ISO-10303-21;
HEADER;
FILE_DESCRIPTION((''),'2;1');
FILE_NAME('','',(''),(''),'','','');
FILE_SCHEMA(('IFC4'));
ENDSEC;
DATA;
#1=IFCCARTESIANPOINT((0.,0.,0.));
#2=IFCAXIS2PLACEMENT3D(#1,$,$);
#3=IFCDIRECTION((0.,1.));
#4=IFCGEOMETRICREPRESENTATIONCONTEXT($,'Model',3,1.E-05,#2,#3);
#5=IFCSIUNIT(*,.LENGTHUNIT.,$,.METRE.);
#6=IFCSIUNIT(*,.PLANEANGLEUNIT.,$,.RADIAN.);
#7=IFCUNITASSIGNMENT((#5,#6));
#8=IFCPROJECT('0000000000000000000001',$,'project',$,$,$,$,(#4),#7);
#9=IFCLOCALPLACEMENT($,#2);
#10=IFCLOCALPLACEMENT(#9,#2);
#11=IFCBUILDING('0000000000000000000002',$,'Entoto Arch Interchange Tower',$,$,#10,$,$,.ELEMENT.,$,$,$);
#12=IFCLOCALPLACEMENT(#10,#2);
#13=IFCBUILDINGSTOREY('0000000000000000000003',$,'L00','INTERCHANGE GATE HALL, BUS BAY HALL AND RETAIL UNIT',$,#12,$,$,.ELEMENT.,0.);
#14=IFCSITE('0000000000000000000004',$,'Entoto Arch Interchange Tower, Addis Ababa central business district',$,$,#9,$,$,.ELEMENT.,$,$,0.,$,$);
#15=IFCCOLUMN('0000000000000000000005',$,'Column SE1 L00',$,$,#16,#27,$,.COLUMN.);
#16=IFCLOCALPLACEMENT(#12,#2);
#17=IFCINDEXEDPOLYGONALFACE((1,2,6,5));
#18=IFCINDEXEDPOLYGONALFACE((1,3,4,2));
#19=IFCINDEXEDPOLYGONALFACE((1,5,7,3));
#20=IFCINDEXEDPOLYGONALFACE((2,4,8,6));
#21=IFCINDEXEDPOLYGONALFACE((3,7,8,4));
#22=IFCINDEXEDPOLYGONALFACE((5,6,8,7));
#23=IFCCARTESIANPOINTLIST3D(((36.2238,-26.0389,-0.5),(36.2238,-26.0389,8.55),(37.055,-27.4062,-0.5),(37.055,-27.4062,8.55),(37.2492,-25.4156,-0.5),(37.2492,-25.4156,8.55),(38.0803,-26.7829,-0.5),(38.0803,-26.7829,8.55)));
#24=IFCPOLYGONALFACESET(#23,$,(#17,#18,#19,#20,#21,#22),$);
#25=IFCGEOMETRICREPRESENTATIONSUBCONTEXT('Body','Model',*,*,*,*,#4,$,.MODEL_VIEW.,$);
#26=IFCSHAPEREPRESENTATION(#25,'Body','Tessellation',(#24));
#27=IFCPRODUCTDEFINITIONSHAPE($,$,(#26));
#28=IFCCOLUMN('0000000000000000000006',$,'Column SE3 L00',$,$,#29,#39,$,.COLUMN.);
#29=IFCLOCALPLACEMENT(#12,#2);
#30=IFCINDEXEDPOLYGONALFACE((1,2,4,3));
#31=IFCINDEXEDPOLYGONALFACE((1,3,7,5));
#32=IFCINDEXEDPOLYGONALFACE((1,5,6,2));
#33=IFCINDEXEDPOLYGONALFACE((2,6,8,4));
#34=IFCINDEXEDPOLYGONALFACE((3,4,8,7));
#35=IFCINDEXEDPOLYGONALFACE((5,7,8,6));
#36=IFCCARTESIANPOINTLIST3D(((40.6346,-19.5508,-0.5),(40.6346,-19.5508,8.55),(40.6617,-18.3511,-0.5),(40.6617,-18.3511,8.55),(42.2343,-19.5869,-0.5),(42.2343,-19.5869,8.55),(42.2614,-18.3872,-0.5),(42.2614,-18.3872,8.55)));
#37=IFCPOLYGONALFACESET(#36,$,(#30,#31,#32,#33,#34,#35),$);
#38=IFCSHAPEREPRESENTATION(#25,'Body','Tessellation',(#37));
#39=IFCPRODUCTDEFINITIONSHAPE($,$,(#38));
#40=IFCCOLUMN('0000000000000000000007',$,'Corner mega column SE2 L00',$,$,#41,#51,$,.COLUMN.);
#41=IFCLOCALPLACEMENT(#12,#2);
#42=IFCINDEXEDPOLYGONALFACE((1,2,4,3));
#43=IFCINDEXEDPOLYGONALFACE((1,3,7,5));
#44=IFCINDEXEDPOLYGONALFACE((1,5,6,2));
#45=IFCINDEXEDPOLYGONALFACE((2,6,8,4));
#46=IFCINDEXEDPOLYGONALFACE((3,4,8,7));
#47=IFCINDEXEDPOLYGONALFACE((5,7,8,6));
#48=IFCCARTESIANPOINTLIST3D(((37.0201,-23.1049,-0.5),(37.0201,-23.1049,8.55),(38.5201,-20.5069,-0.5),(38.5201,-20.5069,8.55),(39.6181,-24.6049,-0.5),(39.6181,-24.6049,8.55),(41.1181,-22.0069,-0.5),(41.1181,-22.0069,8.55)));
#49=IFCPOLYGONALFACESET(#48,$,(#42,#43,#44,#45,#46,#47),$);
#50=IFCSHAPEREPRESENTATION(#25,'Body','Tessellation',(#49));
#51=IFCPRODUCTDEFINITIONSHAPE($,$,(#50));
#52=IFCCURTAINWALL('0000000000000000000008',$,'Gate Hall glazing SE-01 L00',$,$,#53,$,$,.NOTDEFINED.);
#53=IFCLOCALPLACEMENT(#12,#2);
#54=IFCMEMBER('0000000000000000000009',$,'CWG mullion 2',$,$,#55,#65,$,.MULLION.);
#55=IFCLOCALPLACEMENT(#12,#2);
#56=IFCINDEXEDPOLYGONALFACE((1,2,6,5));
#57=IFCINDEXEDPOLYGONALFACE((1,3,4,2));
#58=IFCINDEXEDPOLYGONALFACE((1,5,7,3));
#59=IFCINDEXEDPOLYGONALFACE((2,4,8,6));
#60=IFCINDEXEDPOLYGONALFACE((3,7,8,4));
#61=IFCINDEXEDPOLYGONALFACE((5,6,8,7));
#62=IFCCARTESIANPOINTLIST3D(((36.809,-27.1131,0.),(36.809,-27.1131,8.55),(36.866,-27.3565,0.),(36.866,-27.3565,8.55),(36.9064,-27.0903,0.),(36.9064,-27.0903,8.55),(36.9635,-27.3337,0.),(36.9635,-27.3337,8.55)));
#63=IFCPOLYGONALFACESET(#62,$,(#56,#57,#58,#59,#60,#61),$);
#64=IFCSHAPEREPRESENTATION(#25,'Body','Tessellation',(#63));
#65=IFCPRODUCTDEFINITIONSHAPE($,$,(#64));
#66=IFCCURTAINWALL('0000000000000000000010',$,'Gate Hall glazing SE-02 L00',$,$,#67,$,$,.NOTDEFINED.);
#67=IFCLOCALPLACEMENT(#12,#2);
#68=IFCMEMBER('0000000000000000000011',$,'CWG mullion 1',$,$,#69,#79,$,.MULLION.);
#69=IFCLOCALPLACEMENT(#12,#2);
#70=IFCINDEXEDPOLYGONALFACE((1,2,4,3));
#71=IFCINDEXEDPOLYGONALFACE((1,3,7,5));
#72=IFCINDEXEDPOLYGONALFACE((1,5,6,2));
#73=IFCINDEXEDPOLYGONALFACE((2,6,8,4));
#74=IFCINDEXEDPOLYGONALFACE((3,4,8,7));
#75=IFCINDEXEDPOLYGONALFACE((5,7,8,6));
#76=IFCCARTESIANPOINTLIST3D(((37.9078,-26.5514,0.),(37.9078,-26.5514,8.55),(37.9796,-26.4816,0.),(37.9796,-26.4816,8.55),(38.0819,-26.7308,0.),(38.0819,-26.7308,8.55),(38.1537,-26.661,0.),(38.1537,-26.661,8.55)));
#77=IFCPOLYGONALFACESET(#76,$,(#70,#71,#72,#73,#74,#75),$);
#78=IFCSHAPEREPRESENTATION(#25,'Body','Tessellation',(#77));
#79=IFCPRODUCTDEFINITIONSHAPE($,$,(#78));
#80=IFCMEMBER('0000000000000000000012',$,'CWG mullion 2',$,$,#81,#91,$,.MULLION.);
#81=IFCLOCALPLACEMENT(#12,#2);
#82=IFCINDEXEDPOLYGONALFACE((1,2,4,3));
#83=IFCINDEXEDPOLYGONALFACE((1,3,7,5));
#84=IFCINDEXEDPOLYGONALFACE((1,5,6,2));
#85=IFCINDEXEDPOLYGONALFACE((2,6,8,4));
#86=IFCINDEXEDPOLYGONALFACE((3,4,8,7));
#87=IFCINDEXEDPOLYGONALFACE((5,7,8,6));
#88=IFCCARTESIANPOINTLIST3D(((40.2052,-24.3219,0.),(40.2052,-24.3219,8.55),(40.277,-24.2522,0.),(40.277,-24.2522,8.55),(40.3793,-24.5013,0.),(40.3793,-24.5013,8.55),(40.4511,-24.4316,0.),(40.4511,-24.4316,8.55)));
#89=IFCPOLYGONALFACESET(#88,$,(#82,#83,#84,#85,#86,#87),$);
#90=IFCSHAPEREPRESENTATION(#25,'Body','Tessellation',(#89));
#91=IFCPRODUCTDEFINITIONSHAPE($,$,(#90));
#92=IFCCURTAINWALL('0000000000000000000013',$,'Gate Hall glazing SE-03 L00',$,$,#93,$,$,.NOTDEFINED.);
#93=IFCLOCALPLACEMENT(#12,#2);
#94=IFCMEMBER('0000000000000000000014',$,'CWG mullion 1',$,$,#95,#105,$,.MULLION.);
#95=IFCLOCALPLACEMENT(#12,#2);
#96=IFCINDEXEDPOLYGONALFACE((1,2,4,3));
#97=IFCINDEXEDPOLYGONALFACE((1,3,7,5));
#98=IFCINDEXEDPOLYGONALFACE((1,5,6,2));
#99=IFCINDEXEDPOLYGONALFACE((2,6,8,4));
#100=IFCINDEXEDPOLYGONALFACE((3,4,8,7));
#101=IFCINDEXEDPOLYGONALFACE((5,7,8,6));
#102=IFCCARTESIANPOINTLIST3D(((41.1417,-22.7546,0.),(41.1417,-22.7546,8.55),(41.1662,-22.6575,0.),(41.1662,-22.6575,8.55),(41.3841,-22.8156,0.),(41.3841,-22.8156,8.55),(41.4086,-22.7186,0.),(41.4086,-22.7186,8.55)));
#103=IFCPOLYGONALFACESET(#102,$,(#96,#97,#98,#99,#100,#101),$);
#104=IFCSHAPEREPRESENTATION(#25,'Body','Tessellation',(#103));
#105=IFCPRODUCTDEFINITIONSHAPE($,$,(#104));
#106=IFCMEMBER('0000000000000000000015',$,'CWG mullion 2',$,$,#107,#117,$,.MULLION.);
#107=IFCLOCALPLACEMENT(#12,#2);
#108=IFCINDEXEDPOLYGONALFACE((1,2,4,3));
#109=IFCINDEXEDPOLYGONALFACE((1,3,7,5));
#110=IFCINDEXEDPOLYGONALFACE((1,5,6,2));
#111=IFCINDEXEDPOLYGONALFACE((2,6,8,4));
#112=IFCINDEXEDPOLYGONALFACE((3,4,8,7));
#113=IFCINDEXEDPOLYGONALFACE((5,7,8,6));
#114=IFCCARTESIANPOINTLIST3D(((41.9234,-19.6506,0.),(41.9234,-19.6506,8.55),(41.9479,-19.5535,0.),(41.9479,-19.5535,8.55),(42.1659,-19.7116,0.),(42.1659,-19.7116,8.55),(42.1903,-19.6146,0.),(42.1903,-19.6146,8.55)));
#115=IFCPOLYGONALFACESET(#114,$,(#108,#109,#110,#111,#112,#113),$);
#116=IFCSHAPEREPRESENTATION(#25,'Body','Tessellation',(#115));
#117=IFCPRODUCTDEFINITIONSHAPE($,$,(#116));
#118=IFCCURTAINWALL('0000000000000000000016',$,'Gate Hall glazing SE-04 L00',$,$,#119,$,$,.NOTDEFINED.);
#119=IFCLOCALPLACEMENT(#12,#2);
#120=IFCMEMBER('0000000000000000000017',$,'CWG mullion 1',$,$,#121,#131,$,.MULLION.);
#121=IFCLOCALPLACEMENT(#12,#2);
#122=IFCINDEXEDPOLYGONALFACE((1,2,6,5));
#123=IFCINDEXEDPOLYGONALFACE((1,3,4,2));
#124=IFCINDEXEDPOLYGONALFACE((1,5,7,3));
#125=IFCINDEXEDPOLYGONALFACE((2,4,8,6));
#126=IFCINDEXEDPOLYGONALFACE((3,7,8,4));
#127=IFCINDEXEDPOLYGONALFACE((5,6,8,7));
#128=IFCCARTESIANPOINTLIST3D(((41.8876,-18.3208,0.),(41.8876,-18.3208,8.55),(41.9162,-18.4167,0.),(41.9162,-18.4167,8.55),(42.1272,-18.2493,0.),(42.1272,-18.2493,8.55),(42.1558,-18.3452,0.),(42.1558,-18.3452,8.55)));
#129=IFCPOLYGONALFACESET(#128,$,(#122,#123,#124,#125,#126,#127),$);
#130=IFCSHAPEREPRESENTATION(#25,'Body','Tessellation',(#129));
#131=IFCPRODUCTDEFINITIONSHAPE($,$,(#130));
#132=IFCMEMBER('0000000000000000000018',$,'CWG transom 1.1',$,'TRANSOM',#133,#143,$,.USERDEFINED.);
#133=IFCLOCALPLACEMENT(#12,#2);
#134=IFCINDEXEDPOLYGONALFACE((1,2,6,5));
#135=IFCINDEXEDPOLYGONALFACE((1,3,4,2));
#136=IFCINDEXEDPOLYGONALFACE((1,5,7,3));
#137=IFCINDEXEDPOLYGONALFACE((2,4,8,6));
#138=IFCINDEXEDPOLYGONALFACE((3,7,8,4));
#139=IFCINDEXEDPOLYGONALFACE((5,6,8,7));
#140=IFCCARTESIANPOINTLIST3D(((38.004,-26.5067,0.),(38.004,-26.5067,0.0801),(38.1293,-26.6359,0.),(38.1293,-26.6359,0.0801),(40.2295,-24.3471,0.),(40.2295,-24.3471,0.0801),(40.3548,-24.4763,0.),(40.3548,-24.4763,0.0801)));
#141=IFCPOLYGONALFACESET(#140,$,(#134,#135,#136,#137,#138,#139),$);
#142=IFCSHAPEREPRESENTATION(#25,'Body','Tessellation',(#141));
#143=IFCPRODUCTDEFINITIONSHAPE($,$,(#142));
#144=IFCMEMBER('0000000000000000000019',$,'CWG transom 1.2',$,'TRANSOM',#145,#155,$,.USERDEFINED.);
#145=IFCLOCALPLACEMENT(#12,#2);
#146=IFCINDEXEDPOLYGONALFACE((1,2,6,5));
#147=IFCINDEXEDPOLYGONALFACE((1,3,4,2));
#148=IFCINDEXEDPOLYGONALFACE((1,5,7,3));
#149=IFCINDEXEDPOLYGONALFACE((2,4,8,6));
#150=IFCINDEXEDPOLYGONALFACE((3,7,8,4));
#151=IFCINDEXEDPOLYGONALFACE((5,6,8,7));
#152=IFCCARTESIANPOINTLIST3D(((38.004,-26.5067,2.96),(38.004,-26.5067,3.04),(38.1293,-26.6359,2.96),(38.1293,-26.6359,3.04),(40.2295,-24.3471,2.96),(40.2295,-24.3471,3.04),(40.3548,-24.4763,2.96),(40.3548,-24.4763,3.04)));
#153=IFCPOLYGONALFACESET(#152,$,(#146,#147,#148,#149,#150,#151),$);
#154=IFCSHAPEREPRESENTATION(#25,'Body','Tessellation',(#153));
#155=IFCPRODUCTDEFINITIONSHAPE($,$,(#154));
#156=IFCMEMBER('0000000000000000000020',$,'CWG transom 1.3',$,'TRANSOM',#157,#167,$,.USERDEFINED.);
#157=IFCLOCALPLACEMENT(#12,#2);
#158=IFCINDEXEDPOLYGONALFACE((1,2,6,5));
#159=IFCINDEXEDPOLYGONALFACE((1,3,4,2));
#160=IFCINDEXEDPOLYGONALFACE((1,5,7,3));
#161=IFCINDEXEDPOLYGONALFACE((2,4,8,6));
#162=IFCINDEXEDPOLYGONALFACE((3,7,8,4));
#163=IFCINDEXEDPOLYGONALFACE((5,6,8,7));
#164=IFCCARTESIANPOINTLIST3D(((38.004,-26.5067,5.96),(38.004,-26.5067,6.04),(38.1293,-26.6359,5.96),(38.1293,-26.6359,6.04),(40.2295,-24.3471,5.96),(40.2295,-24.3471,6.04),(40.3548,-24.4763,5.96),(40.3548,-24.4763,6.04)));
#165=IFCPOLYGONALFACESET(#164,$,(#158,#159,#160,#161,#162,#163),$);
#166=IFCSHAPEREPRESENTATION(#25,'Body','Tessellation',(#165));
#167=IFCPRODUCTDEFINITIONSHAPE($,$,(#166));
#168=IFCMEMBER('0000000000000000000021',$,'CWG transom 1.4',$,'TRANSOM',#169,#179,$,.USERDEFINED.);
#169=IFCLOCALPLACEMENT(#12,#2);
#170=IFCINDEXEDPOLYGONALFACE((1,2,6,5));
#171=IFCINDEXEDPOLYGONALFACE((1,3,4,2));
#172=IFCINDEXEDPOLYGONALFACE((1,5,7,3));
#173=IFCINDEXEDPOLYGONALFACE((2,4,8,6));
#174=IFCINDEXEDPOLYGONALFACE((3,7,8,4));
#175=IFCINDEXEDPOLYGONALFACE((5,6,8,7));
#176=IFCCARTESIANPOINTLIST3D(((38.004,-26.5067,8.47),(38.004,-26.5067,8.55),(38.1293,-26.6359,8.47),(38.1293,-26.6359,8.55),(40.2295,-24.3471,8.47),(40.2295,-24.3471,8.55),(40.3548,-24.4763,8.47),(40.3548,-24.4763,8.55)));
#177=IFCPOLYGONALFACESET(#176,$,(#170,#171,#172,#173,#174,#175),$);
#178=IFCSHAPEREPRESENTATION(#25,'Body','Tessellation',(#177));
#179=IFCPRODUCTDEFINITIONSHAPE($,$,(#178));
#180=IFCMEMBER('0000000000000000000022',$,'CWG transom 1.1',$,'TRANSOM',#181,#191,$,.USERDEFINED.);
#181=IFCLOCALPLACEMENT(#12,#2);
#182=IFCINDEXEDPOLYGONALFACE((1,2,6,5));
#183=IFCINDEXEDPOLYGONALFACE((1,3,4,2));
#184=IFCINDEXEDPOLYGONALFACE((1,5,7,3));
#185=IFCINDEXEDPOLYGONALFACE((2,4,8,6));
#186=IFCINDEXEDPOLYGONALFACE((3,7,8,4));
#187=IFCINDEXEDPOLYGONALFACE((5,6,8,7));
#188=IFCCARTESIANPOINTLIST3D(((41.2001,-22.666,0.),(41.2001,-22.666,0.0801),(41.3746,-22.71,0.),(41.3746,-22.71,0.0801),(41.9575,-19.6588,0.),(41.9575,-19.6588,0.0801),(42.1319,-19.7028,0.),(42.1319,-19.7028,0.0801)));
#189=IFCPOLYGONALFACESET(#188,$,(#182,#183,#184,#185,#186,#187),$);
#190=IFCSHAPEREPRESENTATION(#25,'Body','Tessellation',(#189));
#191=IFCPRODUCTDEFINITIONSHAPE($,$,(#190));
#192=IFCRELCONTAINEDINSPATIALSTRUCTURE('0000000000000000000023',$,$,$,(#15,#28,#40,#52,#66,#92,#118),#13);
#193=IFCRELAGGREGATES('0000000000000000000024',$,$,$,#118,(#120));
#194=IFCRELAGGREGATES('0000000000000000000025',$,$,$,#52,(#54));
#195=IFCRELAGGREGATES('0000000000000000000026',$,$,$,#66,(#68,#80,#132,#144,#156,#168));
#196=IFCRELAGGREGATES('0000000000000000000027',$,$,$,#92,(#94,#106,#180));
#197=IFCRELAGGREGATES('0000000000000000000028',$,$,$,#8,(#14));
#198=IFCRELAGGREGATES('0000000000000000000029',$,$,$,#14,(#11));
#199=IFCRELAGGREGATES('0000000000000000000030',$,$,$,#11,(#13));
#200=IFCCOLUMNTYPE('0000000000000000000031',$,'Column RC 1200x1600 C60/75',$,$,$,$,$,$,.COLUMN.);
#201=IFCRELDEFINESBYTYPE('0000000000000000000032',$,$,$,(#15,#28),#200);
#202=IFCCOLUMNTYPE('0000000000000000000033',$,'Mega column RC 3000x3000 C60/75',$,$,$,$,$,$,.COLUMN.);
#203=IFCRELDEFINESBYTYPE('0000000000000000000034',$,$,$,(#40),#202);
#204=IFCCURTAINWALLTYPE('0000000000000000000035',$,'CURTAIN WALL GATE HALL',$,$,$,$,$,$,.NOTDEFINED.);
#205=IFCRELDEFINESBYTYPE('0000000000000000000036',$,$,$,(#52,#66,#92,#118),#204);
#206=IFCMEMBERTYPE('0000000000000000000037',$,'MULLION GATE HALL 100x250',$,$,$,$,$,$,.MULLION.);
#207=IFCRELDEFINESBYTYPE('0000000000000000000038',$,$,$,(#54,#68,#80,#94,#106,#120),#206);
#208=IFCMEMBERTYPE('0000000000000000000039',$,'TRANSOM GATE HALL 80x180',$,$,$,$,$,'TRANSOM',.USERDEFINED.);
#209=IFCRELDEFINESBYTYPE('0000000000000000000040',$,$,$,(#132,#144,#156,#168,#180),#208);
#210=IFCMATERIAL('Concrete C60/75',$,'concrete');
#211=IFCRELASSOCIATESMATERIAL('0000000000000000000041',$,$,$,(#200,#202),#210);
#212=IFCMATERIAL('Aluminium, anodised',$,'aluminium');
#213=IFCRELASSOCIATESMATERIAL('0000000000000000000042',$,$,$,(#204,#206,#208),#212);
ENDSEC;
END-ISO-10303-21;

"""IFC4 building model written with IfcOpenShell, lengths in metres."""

from ifc_helpers import new_model, si_unit, direction, frame, origin, origin_2d, place, context, subcontext, project, spatial, rectangle, extrude, material, material_profile, profile_set, type_object, element, aggregate, save


model = new_model("IFC4")

# Units and contexts
model_context = context("Model", 3, precision=1e-05, world=origin(), true_north=direction((0.0, 1.0)))
body_context = subcontext(model_context, "Body", "Model", "MODEL_VIEW")
ifc_project = project(units=[si_unit("LENGTHUNIT", "METRE"), si_unit("PLANEANGLEUNIT", "RADIAN")], contexts=[model_context])

# Site, building, storey
site_placement = place(None, origin())
site = spatial("IfcSite", under=ifc_project, at=site_placement, Name="Entoto Arch Interchange Tower, Addis Ababa central business district", CompositionType="ELEMENT", RefElevation=0.0)
building_placement = place(site_placement, origin())
building = spatial("IfcBuilding", under=site, at=building_placement, Name="Entoto Arch Interchange Tower", CompositionType="ELEMENT")
storey_placement = place(building_placement, origin())
storey = spatial("IfcBuildingStorey", under=building, at=storey_placement, Name="L00", Description="INTERCHANGE GATE HALL, BUS BAY HALL AND RETAIL UNIT", CompositionType="ELEMENT", Elevation=0.0)

# Columns
ifc_material_1 = material(Name="Concrete C60/75", Category="concrete")
ifc_material_profile_1 = material_profile(ifc_material_1, rectangle(XDim=1.2, YDim=1.6001, at=origin_2d()))
ifc_profile_set_1 = profile_set([ifc_material_profile_1], Name="Concrete C60/75")
column_type_1 = type_object("IfcColumnType", Name="Column RC 1200x1600 C60/75", PredefinedType="COLUMN", material=ifc_profile_set_1)
for number, where, z_axis, x_axis, name in (
    (1, (37.1521, -26.4109, -0.5), (0.0, 0.0, 1.0), (0.854522, 0.519415, 0.0), "Column SE1 L00"),
    (2, (41.448, -18.969, -0.5), (0.0, 0.0, 1.0), (0.022565, 0.999745, 0.0), "Column SE3 L00"),
):
    element("IfcColumn", number, at=place(storey_placement, frame(where, z_axis=z_axis, x_axis=x_axis)), inside=storey, type_object=column_type_1, Name=name, PredefinedType="COLUMN", context=body_context, shape_type="SweptSolid", body=[
        extrude(rectangle(XDim=1.2, YDim=1.6001, at=origin_2d()), origin(), (0.0, 0.0, 1.0), 9.05),
    ])
ifc_material_profile_2 = material_profile(ifc_material_1, rectangle(XDim=3.0, YDim=3.0, at=origin_2d()))
ifc_profile_set_2 = profile_set([ifc_material_profile_2], Name="Concrete C60/75")
column_type_2 = type_object("IfcColumnType", Name="Mega column RC 3000x3000 C60/75", PredefinedType="COLUMN", material=ifc_profile_set_2)
column_placement = place(storey_placement, frame((39.0691, -22.5559, -0.5), z_axis=(0.0, 0.0, 1.0), x_axis=(-0.866025, 0.5, 0.0)))
element("IfcColumn", 3, at=column_placement, inside=storey, type_object=column_type_2, Name="Corner mega column SE2 L00", PredefinedType="COLUMN", context=body_context, shape_type="SweptSolid", body=[
    extrude(rectangle(XDim=3.0, YDim=3.0, at=origin_2d()), origin(), (0.0, 0.0, 1.0), 9.05),
])

# Curtain wall, member
ifc_material_2 = material(Name="Aluminium, anodised", Category="aluminium")
curtain_wall_type = type_object("IfcCurtainWallType", Name="CURTAIN WALL GATE HALL", PredefinedType="NOTDEFINED", material=ifc_material_2)
curtain_wall_1_placement = place(storey_placement, origin())
curtain_wall_1 = element("IfcCurtainWall", 4, at=curtain_wall_1_placement, inside=storey, type_object=curtain_wall_type, Name="Gate Hall glazing SE-01 L00", PredefinedType="NOTDEFINED")
ifc_material_profile_3 = material_profile(ifc_material_2, rectangle(XDim=0.25, YDim=0.1001, at=origin_2d()))
ifc_profile_set_3 = profile_set([ifc_material_profile_3], Name="Aluminium, anodised")
member_type_1 = type_object("IfcMemberType", Name="MULLION GATE HALL 100x250", PredefinedType="MULLION", material=ifc_profile_set_3)
member_1_placement = place(storey_placement, frame((36.8862, -27.2234, 0.0), z_axis=(0.0, 0.0, 1.0), x_axis=(-0.228271, 0.973598, 0.0)))
member_1 = element("IfcMember", 5, at=member_1_placement, type_object=member_type_1, Name="CWG mullion 2", PredefinedType="MULLION", context=body_context, shape_type="SweptSolid", body=[
    extrude(rectangle(XDim=0.25, YDim=0.1001, at=origin_2d()), origin(), (0.0, 0.0, 1.0), 8.55),
])

# Curtain walls, members
curtain_wall_2_placement = place(storey_placement, origin())
curtain_wall_2 = element("IfcCurtainWall", 6, at=curtain_wall_2_placement, inside=storey, type_object=curtain_wall_type, Name="Gate Hall glazing SE-02 L00", PredefinedType="NOTDEFINED")
member_2_placement = place(storey_placement, frame((38.0308, -26.6062, 0.0), z_axis=(0.0, 0.0, 1.0), x_axis=(-0.696425, 0.71763, 0.0)))
member_2 = element("IfcMember", 7, at=member_2_placement, type_object=member_type_1, Name="CWG mullion 1", PredefinedType="MULLION", context=body_context, shape_type="SweptSolid", body=[
    extrude(rectangle(XDim=0.25, YDim=0.1001, at=origin_2d()), origin(), (0.0, 0.0, 1.0), 8.55),
])
member_3_placement = place(storey_placement, frame((40.3281, -24.3767, 0.0), z_axis=(0.0, 0.0, 1.0), x_axis=(-0.696425, 0.71763, 0.0)))
member_3 = element("IfcMember", 8, at=member_3_placement, type_object=member_type_1, Name="CWG mullion 2", PredefinedType="MULLION", context=body_context, shape_type="SweptSolid", body=[
    extrude(rectangle(XDim=0.25, YDim=0.1001, at=origin_2d()), origin(), (0.0, 0.0, 1.0), 8.55),
])
curtain_wall_3_placement = place(storey_placement, origin())
curtain_wall_3 = element("IfcCurtainWall", 9, at=curtain_wall_3_placement, inside=storey, type_object=curtain_wall_type, Name="Gate Hall glazing SE-03 L00", PredefinedType="NOTDEFINED")
member_4_placement = place(storey_placement, frame((41.2751, -22.7366, 0.0), z_axis=(0.0, 0.0, 1.0), x_axis=(-0.969731, 0.244175, 0.0)))
member_4 = element("IfcMember", 10, at=member_4_placement, type_object=member_type_1, Name="CWG mullion 1", PredefinedType="MULLION", context=body_context, shape_type="SweptSolid", body=[
    extrude(rectangle(XDim=0.25, YDim=0.1001, at=origin_2d()), origin(), (0.0, 0.0, 1.0), 8.55),
])
member_5_placement = place(storey_placement, frame((42.0569, -19.6326, 0.0), z_axis=(0.0, 0.0, 1.0), x_axis=(-0.969731, 0.244175, 0.0)))
member_5 = element("IfcMember", 11, at=member_5_placement, type_object=member_type_1, Name="CWG mullion 2", PredefinedType="MULLION", context=body_context, shape_type="SweptSolid", body=[
    extrude(rectangle(XDim=0.25, YDim=0.1001, at=origin_2d()), origin(), (0.0, 0.0, 1.0), 8.55),
])

# Curtain wall, member
curtain_wall_4_placement = place(storey_placement, origin())
curtain_wall_4 = element("IfcCurtainWall", 12, at=curtain_wall_4_placement, inside=storey, type_object=curtain_wall_type, Name="Gate Hall glazing SE-04 L00", PredefinedType="NOTDEFINED")
member_6_placement = place(storey_placement, frame((42.0217, -18.333, 0.0), z_axis=(0.0, 0.0, 1.0), x_axis=(-0.958293, -0.285787, 0.0)))
member_6 = element("IfcMember", 13, at=member_6_placement, type_object=member_type_1, Name="CWG mullion 1", PredefinedType="MULLION", context=body_context, shape_type="SweptSolid", body=[
    extrude(rectangle(XDim=0.25, YDim=0.1001, at=origin_2d()), origin(), (0.0, 0.0, 1.0), 8.55),
])

# Members
ifc_material_profile_4 = material_profile(ifc_material_2, rectangle(XDim=0.1799, YDim=0.0801, at=origin_2d()))
ifc_profile_set_4 = profile_set([ifc_material_profile_4], Name="Aluminium, anodised")
member_type_2 = type_object("IfcMemberType", Name="TRANSOM GATE HALL 80x180", ElementType="TRANSOM", PredefinedType="USERDEFINED", material=ifc_profile_set_4)
member_7_placement = place(storey_placement, frame((38.0667, -26.5713, 0.04), z_axis=(0.717655, 0.696399, 0.0), x_axis=(-0.696399, 0.717655, 0.0)))
member_7 = element("IfcMember", 14, at=member_7_placement, type_object=member_type_2, Name="CWG transom 1.1", ObjectType="TRANSOM", PredefinedType="USERDEFINED", context=body_context, shape_type="SweptSolid", body=[
    extrude(rectangle(XDim=0.1799, YDim=0.0801, at=origin_2d()), origin(), (0.0, 0.0, 1.0), 3.1011),
])
member_8_placement = place(storey_placement, frame((38.0667, -26.5713, 3.0), z_axis=(0.717655, 0.696399, 0.0), x_axis=(-0.696399, 0.717655, 0.0)))
member_8 = element("IfcMember", 15, at=member_8_placement, type_object=member_type_2, Name="CWG transom 1.2", ObjectType="TRANSOM", PredefinedType="USERDEFINED", context=body_context, shape_type="SweptSolid", body=[
    extrude(rectangle(XDim=0.1799, YDim=0.0801, at=origin_2d()), origin(), (0.0, 0.0, 1.0), 3.1011),
])
member_9_placement = place(storey_placement, frame((38.0667, -26.5713, 6.0), z_axis=(0.717655, 0.696399, 0.0), x_axis=(-0.696399, 0.717655, 0.0)))
member_9 = element("IfcMember", 16, at=member_9_placement, type_object=member_type_2, Name="CWG transom 1.3", ObjectType="TRANSOM", PredefinedType="USERDEFINED", context=body_context, shape_type="SweptSolid", body=[
    extrude(rectangle(XDim=0.1799, YDim=0.0801, at=origin_2d()), origin(), (0.0, 0.0, 1.0), 3.1011),
])
member_10_placement = place(storey_placement, frame((38.0667, -26.5713, 8.51), z_axis=(0.717655, 0.696399, 0.0), x_axis=(-0.696399, 0.717655, 0.0)))
member_10 = element("IfcMember", 17, at=member_10_placement, type_object=member_type_2, Name="CWG transom 1.4", ObjectType="TRANSOM", PredefinedType="USERDEFINED", context=body_context, shape_type="SweptSolid", body=[
    extrude(rectangle(XDim=0.1799, YDim=0.0801, at=origin_2d()), origin(), (0.0, 0.0, 1.0), 3.1011),
])
member_11_placement = place(storey_placement, frame((41.2874, -22.688, 0.04), z_axis=(0.244221, 0.96972, 0.0), x_axis=(-0.96972, 0.244221, 0.0)))
member_11 = element("IfcMember", 18, at=member_11_placement, type_object=member_type_2, Name="CWG transom 1.1", ObjectType="TRANSOM", PredefinedType="USERDEFINED", context=body_context, shape_type="SweptSolid", body=[
    extrude(rectangle(XDim=0.1799, YDim=0.0801, at=origin_2d()), origin(), (0.0, 0.0, 1.0), 3.1011),
])
aggregate(curtain_wall_4, [member_6])

aggregate(curtain_wall_1, [member_1])
aggregate(curtain_wall_2, [member_2, member_3, member_7, member_8, member_9, member_10])
aggregate(curtain_wall_3, [member_4, member_5, member_11])

save(model, "model.ifc")
